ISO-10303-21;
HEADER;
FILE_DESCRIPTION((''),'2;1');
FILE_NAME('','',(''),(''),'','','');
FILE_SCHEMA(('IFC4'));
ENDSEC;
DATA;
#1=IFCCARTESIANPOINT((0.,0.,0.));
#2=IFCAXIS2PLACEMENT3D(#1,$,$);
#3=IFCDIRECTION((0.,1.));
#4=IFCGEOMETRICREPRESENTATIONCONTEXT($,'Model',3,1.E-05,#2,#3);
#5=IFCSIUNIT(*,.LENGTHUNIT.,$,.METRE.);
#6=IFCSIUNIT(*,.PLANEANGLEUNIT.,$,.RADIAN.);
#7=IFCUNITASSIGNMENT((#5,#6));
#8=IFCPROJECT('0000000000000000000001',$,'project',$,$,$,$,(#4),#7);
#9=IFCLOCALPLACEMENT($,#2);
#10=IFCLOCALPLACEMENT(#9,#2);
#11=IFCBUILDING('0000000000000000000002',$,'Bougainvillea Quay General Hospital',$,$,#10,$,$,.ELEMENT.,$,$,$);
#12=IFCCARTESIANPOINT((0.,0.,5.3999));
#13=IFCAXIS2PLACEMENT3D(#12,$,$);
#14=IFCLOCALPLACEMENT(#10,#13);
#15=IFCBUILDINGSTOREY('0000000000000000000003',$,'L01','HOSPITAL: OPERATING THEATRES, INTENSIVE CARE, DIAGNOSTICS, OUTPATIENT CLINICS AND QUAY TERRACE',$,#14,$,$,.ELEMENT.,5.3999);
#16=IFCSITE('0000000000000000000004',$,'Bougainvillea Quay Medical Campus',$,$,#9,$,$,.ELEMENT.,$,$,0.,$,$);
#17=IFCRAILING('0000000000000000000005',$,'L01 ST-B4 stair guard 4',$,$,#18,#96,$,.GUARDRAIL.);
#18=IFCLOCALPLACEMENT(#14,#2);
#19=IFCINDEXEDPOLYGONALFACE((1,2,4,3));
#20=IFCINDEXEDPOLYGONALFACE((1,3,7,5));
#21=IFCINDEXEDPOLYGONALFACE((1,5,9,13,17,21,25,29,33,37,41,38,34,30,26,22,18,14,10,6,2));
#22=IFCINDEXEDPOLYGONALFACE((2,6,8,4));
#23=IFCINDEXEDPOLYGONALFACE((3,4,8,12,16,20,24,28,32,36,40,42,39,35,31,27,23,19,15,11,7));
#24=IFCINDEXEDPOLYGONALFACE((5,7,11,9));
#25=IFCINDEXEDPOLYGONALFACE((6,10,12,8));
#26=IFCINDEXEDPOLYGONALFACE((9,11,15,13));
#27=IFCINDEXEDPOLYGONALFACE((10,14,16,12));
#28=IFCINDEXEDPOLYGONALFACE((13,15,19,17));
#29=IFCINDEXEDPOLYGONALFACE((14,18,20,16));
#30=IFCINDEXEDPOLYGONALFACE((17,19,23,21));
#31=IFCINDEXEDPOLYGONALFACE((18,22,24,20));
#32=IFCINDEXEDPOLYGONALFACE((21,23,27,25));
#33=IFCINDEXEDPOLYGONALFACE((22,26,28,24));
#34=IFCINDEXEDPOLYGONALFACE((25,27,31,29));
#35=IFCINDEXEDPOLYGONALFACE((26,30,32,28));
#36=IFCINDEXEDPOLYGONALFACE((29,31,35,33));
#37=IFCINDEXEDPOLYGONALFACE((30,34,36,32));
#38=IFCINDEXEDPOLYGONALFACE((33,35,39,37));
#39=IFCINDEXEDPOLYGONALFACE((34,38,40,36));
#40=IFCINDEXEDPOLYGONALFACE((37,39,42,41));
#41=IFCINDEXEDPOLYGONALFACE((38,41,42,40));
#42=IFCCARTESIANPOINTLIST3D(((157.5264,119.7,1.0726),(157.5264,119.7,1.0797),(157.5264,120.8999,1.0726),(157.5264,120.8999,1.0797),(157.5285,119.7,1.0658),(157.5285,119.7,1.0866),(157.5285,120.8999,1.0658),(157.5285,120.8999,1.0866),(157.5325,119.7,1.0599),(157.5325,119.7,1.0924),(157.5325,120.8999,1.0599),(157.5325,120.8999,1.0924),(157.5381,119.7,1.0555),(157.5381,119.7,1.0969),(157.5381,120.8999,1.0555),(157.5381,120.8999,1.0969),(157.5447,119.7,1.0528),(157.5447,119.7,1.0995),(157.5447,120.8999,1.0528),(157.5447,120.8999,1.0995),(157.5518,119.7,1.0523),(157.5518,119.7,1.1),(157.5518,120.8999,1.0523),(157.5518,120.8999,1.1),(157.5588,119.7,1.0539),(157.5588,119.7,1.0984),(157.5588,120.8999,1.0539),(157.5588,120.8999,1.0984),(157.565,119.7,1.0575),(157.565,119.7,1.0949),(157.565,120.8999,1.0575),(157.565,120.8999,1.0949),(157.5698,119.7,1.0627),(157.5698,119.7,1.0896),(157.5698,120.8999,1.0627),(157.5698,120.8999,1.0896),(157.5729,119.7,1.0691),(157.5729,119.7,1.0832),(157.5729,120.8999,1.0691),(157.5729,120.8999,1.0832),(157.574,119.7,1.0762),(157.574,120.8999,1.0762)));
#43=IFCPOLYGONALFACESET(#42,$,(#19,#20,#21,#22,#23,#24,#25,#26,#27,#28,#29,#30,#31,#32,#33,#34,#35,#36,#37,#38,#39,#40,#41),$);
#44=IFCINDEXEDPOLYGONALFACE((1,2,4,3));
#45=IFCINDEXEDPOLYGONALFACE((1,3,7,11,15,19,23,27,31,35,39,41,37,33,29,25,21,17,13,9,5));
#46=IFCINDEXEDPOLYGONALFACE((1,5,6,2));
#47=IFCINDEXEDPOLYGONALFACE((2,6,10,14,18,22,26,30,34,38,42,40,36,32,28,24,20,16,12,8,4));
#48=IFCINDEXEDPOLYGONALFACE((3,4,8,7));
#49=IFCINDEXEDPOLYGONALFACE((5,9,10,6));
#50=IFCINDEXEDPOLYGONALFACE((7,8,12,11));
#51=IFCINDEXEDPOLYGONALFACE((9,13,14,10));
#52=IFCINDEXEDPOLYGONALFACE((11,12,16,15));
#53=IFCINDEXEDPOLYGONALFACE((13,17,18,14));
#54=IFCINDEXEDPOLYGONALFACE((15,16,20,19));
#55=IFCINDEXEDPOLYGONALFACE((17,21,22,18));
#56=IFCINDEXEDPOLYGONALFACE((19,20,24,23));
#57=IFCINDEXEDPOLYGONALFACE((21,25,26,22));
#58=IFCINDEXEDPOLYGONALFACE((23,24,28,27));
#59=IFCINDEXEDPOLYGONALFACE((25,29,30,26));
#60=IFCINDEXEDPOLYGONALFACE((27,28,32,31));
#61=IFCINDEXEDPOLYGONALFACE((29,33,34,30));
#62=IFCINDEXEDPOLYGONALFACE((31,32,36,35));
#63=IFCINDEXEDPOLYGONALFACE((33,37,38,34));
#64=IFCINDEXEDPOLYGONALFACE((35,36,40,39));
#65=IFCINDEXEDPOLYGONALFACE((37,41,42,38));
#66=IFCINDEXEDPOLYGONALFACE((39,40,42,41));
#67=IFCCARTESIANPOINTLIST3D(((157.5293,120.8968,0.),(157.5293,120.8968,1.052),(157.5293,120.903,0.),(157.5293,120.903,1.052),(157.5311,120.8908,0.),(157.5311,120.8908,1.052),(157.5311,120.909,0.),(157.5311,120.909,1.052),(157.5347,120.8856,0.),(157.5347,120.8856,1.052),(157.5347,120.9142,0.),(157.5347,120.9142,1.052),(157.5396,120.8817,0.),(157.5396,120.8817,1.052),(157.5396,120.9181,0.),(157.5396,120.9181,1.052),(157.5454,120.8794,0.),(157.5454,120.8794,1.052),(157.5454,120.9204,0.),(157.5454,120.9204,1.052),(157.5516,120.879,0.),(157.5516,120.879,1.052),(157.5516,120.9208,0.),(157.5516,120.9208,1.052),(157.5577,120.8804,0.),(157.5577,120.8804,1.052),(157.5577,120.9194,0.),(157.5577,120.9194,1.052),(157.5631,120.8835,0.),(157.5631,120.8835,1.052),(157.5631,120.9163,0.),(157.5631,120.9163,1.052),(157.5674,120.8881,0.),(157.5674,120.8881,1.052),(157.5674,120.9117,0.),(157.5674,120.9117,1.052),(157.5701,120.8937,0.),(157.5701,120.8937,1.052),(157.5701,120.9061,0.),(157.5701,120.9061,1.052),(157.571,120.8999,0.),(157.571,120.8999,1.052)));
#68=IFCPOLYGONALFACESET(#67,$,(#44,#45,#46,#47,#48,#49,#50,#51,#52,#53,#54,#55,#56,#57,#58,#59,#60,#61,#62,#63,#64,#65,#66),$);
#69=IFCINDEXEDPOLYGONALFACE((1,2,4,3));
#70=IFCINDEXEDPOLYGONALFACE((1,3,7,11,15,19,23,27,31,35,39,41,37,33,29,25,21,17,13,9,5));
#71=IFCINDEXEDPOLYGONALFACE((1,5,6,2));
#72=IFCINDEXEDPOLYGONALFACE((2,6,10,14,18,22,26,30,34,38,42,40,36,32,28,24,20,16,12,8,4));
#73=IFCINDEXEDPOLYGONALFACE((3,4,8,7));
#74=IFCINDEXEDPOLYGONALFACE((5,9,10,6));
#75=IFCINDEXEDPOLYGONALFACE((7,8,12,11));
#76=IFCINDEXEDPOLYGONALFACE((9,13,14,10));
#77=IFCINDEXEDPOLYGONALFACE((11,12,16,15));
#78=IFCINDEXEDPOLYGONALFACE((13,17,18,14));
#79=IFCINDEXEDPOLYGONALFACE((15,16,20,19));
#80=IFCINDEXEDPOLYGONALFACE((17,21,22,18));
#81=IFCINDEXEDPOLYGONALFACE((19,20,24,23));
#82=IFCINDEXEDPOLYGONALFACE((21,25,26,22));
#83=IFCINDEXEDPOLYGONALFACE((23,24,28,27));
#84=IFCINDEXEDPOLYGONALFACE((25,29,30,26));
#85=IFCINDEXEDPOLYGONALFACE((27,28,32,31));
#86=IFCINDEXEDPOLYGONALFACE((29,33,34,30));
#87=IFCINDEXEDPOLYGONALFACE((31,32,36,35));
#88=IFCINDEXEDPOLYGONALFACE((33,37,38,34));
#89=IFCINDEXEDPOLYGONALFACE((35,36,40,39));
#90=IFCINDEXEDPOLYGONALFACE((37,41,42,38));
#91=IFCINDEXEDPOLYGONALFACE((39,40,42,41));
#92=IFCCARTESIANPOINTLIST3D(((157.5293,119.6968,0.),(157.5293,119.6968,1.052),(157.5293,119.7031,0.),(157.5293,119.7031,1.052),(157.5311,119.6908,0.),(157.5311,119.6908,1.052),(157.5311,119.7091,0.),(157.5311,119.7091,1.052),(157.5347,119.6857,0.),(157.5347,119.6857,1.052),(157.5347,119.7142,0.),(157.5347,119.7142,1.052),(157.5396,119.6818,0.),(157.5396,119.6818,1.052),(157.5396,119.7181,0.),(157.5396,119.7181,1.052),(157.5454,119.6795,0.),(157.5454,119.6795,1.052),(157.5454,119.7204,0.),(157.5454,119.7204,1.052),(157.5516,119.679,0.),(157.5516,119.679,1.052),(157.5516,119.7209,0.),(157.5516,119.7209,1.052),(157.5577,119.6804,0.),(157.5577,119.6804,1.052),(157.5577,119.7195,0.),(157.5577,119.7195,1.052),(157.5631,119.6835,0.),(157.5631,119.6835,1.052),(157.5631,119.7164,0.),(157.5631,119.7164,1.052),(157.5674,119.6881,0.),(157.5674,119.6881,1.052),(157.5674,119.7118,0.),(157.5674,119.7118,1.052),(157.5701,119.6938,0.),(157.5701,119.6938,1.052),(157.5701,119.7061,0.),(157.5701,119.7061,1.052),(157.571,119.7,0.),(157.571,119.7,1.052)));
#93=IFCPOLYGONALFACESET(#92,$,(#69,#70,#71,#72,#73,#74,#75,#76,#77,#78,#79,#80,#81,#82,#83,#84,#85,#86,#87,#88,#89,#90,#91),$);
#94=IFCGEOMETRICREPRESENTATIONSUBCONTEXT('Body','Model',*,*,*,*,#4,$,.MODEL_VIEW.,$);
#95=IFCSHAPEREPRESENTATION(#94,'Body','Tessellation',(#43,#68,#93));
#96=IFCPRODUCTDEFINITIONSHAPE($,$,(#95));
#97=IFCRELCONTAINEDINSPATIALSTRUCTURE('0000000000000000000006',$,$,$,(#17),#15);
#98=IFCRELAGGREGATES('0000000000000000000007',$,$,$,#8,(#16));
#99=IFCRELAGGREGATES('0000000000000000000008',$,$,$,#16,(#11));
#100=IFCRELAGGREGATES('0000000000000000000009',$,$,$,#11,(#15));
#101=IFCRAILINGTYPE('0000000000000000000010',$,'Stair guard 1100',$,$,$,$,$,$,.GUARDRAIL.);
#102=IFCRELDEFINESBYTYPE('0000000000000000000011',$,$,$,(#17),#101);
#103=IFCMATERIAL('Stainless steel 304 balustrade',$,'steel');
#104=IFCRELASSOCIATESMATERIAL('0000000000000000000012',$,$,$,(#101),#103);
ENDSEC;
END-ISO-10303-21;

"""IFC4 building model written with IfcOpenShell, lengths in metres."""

from ifc_helpers import new_model, si_unit, direction, frame, origin, origin_2d, place, context, subcontext, project, spatial, circle, extrude, material, type_object, element, save


model = new_model("IFC4")

# Units and contexts
model_context = context("Model", 3, precision=1e-05, world=origin(), true_north=direction((0.0, 1.0)))
body_context = subcontext(model_context, "Body", "Model", "MODEL_VIEW")
ifc_project = project(units=[si_unit("LENGTHUNIT", "METRE"), si_unit("PLANEANGLEUNIT", "RADIAN")], contexts=[model_context])

# Site, building, storey
site_placement = place(None, origin())
site = spatial("IfcSite", under=ifc_project, at=site_placement, Name="Bougainvillea Quay Medical Campus", CompositionType="ELEMENT", RefElevation=0.0)
building_placement = place(site_placement, origin())
building = spatial("IfcBuilding", under=site, at=building_placement, Name="Bougainvillea Quay General Hospital", CompositionType="ELEMENT")
storey_placement = place(building_placement, frame((0.0, 0.0, 5.3999)))
storey = spatial("IfcBuildingStorey", under=building, at=storey_placement, Name="L01", Description="HOSPITAL: OPERATING THEATRES, INTENSIVE CARE, DIAGNOSTICS, OUTPATIENT CLINICS AND QUAY TERRACE", CompositionType="ELEMENT", Elevation=5.3999)

# Railing
ifc_material_1 = material(Name="Stainless steel 304 balustrade", Category="steel")
railing_type_1 = type_object("IfcRailingType", Name="Stair guard 1100", PredefinedType="GUARDRAIL", material=ifc_material_1)
railing_1_placement = place(storey_placement, frame((157.55, 120.8999, 0.0)))
element("IfcRailing", 1, at=railing_1_placement, inside=storey, type_object=railing_type_1, Name="L01 ST-B4 stair guard 4", PredefinedType="GUARDRAIL", context=body_context, shape_type="SweptSolid", body=[
    extrude(circle(Radius=0.0239, at=origin_2d()), frame((0.0, 0.0, 1.0762), z_axis=(0.0, -1.0, 0.0), x_axis=(1.0, 0.0, 0.0)), (0.0, 0.0, 1.0), 1.2),
    extrude(circle(Radius=0.021, at=origin_2d()), origin(), (0.0, 0.0, 1.0), 1.052),
    extrude(circle(Radius=0.021, at=origin_2d()), frame((0.0, -1.2, 0.0)), (0.0, 0.0, 1.0), 1.052),
])

save(model, "model.ifc")
